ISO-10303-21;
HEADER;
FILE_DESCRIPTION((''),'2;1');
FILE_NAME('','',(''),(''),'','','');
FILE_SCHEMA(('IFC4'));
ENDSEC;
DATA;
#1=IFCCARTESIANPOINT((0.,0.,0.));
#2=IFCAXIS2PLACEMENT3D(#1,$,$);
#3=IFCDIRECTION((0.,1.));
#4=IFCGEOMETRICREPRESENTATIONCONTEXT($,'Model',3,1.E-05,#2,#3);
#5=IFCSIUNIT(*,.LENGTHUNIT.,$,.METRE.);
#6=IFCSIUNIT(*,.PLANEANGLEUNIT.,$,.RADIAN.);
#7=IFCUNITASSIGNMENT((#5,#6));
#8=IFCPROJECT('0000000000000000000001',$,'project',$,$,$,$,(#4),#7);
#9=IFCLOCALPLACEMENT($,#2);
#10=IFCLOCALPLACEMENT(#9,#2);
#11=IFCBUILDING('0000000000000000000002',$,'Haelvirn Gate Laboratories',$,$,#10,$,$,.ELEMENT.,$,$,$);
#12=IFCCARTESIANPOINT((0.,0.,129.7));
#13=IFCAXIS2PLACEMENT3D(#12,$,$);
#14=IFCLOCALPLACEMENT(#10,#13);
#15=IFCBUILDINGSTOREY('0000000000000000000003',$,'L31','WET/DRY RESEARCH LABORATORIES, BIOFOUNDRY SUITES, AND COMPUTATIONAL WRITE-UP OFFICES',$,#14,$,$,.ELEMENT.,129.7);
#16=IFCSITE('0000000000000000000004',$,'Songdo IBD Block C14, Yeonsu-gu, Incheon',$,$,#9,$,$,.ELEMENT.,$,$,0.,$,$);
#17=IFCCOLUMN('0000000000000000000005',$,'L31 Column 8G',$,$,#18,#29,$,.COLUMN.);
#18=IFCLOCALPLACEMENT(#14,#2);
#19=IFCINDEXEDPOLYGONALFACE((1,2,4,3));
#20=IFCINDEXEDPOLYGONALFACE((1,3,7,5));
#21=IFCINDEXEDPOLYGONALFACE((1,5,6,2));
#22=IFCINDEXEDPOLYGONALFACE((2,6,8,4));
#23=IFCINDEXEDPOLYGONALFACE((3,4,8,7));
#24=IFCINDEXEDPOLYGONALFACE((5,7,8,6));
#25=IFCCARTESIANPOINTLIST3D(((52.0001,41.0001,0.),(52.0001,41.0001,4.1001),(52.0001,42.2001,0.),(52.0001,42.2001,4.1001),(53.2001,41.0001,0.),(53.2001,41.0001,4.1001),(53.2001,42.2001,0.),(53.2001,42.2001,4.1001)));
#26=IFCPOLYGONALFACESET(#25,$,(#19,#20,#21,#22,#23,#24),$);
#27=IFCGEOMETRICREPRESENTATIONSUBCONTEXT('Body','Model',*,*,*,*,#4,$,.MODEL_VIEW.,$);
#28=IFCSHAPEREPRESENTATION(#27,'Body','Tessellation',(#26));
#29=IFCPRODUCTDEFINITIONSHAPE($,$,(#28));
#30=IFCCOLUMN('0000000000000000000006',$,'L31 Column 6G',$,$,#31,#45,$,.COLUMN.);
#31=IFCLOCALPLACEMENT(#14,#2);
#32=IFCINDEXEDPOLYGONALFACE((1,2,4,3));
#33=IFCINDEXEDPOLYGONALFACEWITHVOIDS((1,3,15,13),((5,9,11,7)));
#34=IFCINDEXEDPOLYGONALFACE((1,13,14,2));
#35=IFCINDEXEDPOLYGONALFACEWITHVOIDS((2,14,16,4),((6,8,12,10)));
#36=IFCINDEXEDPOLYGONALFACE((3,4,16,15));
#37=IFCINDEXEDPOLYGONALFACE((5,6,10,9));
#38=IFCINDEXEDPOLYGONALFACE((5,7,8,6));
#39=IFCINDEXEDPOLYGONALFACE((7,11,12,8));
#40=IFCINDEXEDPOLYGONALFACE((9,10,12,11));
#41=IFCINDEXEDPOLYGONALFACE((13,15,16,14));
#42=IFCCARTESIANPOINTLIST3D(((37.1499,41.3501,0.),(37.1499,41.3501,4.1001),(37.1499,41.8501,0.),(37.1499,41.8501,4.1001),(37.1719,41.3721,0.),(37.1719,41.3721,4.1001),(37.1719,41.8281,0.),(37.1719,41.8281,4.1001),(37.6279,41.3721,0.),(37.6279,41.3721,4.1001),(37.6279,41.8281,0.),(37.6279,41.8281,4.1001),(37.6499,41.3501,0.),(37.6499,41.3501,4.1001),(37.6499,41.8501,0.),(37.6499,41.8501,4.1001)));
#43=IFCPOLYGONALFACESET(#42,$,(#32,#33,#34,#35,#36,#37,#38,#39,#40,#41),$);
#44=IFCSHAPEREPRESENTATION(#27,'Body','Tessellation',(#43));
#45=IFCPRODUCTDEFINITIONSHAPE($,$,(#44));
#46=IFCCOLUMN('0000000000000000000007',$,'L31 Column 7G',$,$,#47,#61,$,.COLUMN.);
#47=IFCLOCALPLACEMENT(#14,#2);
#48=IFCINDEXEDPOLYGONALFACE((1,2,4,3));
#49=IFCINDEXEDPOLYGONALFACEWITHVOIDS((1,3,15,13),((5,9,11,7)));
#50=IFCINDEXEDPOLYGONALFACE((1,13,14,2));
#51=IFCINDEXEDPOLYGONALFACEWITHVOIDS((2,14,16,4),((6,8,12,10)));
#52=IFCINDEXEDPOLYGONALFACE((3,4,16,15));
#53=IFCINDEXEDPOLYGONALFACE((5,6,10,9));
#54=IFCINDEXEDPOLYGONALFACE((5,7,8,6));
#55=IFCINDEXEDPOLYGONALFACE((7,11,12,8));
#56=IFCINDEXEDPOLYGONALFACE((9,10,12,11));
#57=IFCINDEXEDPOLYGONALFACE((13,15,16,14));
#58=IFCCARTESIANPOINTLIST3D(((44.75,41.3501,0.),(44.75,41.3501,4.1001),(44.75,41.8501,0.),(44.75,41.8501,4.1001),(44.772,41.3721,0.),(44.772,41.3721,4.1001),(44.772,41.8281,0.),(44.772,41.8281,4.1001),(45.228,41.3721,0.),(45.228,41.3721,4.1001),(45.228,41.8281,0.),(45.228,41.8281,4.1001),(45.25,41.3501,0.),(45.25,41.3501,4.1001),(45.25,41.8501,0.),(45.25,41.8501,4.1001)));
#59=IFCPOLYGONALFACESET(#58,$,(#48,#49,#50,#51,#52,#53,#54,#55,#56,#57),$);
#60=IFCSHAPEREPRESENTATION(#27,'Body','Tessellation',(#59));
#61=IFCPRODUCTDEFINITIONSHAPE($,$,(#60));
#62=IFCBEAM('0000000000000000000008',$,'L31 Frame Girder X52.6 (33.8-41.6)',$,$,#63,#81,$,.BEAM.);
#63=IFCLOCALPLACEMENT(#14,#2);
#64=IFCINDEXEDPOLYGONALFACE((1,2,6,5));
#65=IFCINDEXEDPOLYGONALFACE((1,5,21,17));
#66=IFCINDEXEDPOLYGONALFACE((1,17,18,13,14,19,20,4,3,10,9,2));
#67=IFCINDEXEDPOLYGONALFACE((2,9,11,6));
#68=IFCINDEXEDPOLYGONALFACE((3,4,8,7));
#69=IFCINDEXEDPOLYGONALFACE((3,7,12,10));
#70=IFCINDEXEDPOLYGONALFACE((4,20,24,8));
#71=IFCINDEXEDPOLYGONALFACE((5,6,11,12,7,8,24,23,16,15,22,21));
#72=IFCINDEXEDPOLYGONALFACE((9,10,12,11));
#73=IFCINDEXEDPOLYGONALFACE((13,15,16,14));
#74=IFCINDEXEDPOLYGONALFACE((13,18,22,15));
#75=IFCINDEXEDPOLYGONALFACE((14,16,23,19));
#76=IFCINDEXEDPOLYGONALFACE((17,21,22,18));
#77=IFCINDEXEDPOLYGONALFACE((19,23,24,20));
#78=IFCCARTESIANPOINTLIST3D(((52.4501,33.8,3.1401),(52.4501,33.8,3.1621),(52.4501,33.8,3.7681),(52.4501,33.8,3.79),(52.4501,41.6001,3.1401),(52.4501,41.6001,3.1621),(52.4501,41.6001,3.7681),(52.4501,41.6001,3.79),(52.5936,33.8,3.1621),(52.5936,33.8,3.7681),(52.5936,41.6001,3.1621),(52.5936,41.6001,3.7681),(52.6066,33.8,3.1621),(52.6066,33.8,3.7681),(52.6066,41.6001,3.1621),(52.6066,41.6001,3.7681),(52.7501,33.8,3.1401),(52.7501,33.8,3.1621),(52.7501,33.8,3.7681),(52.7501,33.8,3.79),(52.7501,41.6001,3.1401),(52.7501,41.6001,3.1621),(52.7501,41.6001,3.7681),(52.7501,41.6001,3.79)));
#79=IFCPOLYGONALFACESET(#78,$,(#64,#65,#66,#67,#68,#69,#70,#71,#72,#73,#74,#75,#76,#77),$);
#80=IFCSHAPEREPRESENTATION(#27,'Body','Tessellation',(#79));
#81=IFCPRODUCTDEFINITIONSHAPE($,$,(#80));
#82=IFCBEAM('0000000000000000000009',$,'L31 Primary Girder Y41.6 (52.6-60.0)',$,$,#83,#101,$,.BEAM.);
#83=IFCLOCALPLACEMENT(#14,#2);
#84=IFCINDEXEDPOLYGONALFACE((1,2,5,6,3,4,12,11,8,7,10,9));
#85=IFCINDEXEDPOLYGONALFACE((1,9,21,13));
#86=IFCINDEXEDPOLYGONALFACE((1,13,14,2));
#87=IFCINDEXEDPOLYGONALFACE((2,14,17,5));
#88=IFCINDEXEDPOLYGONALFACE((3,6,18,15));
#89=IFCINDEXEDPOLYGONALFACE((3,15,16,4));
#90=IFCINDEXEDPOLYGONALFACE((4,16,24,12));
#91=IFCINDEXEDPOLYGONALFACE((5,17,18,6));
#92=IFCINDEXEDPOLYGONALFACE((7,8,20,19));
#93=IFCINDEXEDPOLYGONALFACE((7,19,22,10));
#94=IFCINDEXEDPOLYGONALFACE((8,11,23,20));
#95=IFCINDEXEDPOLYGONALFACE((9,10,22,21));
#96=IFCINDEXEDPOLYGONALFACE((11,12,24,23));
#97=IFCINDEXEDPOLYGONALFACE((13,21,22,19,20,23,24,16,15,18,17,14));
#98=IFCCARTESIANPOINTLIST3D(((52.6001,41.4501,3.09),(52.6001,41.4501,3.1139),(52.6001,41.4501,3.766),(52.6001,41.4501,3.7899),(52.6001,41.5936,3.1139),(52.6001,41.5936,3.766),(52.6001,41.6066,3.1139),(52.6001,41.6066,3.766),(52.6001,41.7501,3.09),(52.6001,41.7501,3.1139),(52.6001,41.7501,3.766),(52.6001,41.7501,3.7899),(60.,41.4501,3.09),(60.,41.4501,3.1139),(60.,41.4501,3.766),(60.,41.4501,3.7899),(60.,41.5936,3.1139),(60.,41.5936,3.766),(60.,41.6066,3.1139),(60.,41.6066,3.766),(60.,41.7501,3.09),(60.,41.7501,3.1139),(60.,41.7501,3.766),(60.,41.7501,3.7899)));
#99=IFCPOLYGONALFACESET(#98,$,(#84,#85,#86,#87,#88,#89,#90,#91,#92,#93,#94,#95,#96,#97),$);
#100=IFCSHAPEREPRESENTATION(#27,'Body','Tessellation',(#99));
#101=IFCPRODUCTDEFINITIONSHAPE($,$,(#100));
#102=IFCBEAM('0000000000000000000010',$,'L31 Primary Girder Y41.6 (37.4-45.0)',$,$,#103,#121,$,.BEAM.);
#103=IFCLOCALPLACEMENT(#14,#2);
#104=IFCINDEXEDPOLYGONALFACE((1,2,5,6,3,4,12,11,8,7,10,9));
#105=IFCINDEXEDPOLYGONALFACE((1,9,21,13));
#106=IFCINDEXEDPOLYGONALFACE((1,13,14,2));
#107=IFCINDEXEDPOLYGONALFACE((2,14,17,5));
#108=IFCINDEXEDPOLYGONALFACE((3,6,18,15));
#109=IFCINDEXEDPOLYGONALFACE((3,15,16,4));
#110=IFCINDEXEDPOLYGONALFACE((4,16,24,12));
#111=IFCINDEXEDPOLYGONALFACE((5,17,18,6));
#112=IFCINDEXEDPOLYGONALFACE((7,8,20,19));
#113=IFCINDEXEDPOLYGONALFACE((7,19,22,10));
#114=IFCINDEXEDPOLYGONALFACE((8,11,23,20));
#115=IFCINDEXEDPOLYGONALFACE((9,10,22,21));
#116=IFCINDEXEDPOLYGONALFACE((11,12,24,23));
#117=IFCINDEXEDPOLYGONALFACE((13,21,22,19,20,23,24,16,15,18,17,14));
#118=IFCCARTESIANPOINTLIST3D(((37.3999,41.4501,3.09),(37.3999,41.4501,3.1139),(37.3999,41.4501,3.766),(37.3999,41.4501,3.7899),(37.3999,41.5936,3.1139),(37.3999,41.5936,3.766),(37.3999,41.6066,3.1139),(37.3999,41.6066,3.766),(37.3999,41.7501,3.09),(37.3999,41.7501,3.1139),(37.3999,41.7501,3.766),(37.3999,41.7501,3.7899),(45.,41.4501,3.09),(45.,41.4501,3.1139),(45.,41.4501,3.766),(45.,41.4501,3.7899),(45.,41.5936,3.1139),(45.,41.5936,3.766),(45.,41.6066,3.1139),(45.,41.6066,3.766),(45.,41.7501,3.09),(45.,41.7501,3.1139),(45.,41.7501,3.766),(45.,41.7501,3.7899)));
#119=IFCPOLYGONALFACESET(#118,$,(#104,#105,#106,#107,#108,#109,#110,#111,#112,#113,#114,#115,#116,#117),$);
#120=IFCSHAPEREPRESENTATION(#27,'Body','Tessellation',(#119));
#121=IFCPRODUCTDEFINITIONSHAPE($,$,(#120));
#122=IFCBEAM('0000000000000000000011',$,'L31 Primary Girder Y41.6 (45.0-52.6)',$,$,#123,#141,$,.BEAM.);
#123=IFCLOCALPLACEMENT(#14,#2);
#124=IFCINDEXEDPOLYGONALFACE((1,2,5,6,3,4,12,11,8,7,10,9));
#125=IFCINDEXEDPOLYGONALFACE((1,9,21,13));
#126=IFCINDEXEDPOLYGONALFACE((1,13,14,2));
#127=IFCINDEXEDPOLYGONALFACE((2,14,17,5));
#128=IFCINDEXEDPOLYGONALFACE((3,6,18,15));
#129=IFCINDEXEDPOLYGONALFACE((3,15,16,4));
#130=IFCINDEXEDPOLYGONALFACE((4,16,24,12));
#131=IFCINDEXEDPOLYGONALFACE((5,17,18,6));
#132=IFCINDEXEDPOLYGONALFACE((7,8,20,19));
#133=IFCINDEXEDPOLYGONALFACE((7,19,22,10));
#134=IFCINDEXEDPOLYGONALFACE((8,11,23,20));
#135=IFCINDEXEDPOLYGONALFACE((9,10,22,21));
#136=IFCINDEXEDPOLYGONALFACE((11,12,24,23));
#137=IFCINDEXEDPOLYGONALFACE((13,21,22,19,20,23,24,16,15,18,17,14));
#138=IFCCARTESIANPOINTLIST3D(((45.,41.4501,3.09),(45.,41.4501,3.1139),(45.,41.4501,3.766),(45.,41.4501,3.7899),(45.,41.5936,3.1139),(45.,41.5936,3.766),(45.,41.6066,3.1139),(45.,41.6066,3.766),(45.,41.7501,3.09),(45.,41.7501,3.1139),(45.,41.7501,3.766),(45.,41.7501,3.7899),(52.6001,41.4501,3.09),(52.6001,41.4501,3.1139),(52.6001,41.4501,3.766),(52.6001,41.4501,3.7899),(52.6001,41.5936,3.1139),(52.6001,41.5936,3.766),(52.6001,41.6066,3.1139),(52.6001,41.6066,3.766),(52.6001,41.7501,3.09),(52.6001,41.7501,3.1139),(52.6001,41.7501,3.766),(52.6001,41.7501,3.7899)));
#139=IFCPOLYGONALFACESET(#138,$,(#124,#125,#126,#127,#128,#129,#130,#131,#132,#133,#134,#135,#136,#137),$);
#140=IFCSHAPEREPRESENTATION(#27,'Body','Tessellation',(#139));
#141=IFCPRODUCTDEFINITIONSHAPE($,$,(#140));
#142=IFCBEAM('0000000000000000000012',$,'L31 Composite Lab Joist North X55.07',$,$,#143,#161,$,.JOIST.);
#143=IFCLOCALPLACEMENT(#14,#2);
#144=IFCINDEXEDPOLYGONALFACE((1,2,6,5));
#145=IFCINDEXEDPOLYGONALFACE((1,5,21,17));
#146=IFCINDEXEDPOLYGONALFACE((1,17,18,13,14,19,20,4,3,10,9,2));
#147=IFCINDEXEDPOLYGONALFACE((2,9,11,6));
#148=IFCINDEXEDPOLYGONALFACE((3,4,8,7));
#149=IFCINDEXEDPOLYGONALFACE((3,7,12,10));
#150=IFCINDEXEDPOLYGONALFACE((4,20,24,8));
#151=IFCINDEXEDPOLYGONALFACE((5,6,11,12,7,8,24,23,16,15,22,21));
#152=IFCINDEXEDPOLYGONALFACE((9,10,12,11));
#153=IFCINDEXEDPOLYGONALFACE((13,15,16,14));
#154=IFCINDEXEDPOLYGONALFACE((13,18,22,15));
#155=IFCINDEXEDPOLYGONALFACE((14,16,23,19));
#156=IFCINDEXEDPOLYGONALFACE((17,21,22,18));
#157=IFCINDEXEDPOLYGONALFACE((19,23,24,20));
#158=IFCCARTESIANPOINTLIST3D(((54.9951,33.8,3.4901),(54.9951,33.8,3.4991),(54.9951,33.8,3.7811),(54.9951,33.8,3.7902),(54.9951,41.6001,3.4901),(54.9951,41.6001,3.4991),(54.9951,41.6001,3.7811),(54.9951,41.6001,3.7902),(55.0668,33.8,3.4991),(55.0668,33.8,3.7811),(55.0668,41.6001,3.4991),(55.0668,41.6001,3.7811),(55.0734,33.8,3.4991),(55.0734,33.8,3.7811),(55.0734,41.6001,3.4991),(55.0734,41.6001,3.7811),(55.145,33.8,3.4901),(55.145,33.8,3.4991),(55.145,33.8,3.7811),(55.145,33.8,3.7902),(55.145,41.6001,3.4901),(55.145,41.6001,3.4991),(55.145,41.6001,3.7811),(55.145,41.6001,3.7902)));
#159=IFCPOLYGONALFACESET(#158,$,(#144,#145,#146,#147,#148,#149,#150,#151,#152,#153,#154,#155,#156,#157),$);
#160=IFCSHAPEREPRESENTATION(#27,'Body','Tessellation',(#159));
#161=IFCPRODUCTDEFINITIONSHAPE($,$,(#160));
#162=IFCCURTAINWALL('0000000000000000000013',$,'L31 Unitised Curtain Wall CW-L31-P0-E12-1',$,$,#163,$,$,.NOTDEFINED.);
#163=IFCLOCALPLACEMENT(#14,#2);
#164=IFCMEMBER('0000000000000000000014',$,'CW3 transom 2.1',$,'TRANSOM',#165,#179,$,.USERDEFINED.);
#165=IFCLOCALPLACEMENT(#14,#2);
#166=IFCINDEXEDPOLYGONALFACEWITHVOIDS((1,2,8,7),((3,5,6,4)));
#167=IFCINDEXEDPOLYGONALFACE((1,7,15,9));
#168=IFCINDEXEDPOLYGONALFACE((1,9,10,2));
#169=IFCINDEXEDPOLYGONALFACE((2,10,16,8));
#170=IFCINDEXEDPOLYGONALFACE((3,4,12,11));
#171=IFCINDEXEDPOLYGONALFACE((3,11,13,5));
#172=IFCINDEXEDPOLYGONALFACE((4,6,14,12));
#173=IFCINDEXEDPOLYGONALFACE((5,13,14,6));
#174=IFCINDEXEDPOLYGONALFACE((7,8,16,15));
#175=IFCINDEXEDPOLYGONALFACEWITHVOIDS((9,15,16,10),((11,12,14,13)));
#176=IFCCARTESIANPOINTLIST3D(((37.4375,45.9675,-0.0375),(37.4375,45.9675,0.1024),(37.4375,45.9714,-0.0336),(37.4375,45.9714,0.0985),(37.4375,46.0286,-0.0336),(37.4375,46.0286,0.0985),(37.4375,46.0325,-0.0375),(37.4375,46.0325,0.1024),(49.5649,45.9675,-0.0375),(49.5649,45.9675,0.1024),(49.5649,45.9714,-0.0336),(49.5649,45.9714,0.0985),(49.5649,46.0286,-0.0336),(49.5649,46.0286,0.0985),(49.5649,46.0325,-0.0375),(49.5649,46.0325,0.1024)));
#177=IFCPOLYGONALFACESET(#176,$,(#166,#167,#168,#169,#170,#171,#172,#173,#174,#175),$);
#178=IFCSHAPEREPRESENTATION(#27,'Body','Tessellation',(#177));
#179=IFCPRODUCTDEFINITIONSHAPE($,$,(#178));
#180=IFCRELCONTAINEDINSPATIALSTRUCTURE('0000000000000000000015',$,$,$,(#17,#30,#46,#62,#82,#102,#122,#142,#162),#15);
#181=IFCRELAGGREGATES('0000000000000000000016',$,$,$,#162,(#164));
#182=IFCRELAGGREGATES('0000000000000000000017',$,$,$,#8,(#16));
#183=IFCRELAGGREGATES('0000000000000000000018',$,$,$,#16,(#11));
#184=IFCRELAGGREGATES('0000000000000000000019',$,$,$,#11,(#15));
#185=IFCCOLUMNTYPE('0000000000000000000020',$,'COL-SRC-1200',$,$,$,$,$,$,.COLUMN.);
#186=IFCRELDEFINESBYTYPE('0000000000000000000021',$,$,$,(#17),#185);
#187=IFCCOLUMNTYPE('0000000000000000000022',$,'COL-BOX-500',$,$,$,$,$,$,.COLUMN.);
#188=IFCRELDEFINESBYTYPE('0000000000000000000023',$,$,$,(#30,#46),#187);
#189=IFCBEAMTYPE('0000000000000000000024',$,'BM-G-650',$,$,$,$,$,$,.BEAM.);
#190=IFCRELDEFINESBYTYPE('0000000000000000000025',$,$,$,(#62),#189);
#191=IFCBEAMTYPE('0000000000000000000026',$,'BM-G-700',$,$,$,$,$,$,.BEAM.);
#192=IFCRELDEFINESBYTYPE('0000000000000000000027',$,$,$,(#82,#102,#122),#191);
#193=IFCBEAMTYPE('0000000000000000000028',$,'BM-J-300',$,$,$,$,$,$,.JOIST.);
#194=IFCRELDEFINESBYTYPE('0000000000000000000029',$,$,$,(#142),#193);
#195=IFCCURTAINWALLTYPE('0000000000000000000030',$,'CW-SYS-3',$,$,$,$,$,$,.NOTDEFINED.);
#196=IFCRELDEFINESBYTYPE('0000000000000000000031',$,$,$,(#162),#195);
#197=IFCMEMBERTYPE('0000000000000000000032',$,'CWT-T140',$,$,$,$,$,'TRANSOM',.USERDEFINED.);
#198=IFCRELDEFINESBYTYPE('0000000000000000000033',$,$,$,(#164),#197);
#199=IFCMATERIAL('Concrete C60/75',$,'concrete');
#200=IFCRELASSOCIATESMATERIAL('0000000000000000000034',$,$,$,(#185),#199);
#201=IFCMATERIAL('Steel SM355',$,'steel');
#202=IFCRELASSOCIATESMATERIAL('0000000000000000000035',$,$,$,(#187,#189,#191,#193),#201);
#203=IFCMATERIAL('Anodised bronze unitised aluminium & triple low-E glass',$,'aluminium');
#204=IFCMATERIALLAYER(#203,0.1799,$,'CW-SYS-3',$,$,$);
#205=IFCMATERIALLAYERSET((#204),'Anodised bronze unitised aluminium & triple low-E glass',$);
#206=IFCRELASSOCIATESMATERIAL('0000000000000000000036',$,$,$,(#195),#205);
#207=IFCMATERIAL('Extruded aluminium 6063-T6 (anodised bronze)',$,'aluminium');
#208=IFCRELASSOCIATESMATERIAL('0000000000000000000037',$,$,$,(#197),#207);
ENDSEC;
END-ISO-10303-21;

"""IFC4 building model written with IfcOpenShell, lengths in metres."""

from ifc_helpers import new_model, si_unit, direction, frame, origin, origin_2d, place, context, subcontext, project, spatial, rectangle, hollow_rectangle, i_section, extrude, source, transform, mapped, material, layer, layer_set, material_profile, profile_set, type_object, type_shapes, element, aggregate, save


model = new_model("IFC4")

# Units and contexts
model_context = context("Model", 3, precision=1e-05, world=origin(), true_north=direction((0.0, 1.0)))
body_context = subcontext(model_context, "Body", "Model", "MODEL_VIEW")
ifc_project = project(units=[si_unit("LENGTHUNIT", "METRE"), si_unit("PLANEANGLEUNIT", "RADIAN")], contexts=[model_context])

# Site, building, storey
site_placement = place(None, origin())
site = spatial("IfcSite", under=ifc_project, at=site_placement, Name="Songdo IBD Block C14, Yeonsu-gu, Incheon", CompositionType="ELEMENT", RefElevation=0.0)
building_placement = place(site_placement, origin())
building = spatial("IfcBuilding", under=site, at=building_placement, Name="Haelvirn Gate Laboratories", CompositionType="ELEMENT")
storey_placement = place(building_placement, frame((0.0, 0.0, 129.7)))
storey = spatial("IfcBuildingStorey", under=building, at=storey_placement, Name="L31", Description="WET/DRY RESEARCH LABORATORIES, BIOFOUNDRY SUITES, AND COMPUTATIONAL WRITE-UP OFFICES", CompositionType="ELEMENT", Elevation=129.7)

# Columns
ifc_material_1 = material(Name="Concrete C60/75", Category="concrete")
ifc_material_profile_1 = material_profile(ifc_material_1, rectangle(XDim=1.2, YDim=1.2, at=origin_2d()), Name="SRC-1200x1200")
ifc_profile_set_1 = profile_set([ifc_material_profile_1], Name="Concrete C60/75")
column_type_1 = type_object("IfcColumnType", Name="COL-SRC-1200", PredefinedType="COLUMN", material=ifc_profile_set_1)
shared_shape_1 = source(origin(), body_context, "Body", "SweptSolid", [
    extrude(rectangle(XDim=1.2, YDim=1.2, at=origin_2d()), origin(), (0.0, 0.0, 1.0), 4.1001),
])
type_shapes(column_type_1, [shared_shape_1])
column_placement = place(storey_placement, frame((52.6001, 41.6001, 0.0), z_axis=(0.0, 0.0, 1.0), x_axis=(1.0, 0.0, 0.0)))
element("IfcColumn", 1, at=column_placement, inside=storey, type_object=column_type_1, Name="L31 Column 8G", PredefinedType="COLUMN", context=body_context, shape_type="MappedRepresentation", body=[
    mapped(shared_shape_1, transform((0.0, 0.0, 0.0), scale=1.0)),
])
ifc_material_2 = material(Name="Steel SM355", Category="steel")
ifc_material_profile_2 = material_profile(ifc_material_2, hollow_rectangle(XDim=0.5, YDim=0.5, WallThickness=0.022, at=origin_2d()), Name="BOX-500x500x22")
ifc_profile_set_2 = profile_set([ifc_material_profile_2], Name="Steel SM355")
column_type_2 = type_object("IfcColumnType", Name="COL-BOX-500", PredefinedType="COLUMN", material=ifc_profile_set_2)
shared_shape_2 = source(origin(), body_context, "Body", "SweptSolid", [
    extrude(hollow_rectangle(XDim=0.5, YDim=0.5, WallThickness=0.022, at=origin_2d()), origin(), (0.0, 0.0, 1.0), 4.1001),
])
type_shapes(column_type_2, [shared_shape_2])
for number, where, z_axis, x_axis, name in (
    (2, (37.3999, 41.6001, 0.0), (0.0, 0.0, 1.0), (1.0, 0.0, 0.0), "L31 Column 6G"),
    (3, (45.0, 41.6001, 0.0), (0.0, 0.0, 1.0), (1.0, 0.0, 0.0), "L31 Column 7G"),
):
    element("IfcColumn", number, at=place(storey_placement, frame(where, z_axis=z_axis, x_axis=x_axis)), inside=storey, type_object=column_type_2, Name=name, PredefinedType="COLUMN", context=body_context, shape_type="MappedRepresentation", body=[
        mapped(shared_shape_2, transform((0.0, 0.0, 0.0), scale=1.0)),
    ])

# Beams
ifc_material_profile_3 = material_profile(ifc_material_2, i_section(OverallWidth=0.3, OverallDepth=0.6499, WebThickness=0.0129, FlangeThickness=0.022, at=origin_2d()), Name="H-650x300x13x22")
ifc_profile_set_3 = profile_set([ifc_material_profile_3], Name="Steel SM355")
beam_type_1 = type_object("IfcBeamType", Name="BM-G-650", PredefinedType="BEAM", material=ifc_profile_set_3)
shared_shape_3 = source(origin(), body_context, "Body", "SweptSolid", [
    extrude(i_section(OverallWidth=0.3, OverallDepth=0.6499, WebThickness=0.0129, FlangeThickness=0.022, at=origin_2d()), origin(), (0.0, 0.0, 1.0), 7.8),
])
type_shapes(beam_type_1, [shared_shape_3])
beam_1_placement = place(storey_placement, frame((52.6001, 33.8, 3.4651), z_axis=(0.0, 1.0, 0.0), x_axis=(-1.0, 0.0, 0.0)))
element("IfcBeam", 4, at=beam_1_placement, inside=storey, type_object=beam_type_1, Name="L31 Frame Girder X52.6 (33.8-41.6)", PredefinedType="BEAM", context=body_context, shape_type="MappedRepresentation", body=[
    mapped(shared_shape_3, transform((0.0, 0.0, 0.0), scale=1.0)),
])
ifc_material_profile_4 = material_profile(ifc_material_2, i_section(OverallWidth=0.3, OverallDepth=0.7, WebThickness=0.0129, FlangeThickness=0.0239, at=origin_2d()), Name="H-700x300x13x24")
ifc_profile_set_4 = profile_set([ifc_material_profile_4], Name="Steel SM355")
beam_type_2 = type_object("IfcBeamType", Name="BM-G-700", PredefinedType="BEAM", material=ifc_profile_set_4)
shared_shape_4 = source(origin(), body_context, "Body", "SweptSolid", [
    extrude(i_section(OverallWidth=0.3, OverallDepth=0.7, WebThickness=0.0129, FlangeThickness=0.0239, at=origin_2d()), origin(), (0.0, 0.0, 1.0), 7.3999),
])
beam_2_placement = place(storey_placement, frame((52.6001, 41.6001, 3.4399), z_axis=(1.0, 0.0, 0.0), x_axis=(0.0, 1.0, 0.0)))
element("IfcBeam", 5, at=beam_2_placement, inside=storey, type_object=beam_type_2, Name="L31 Primary Girder Y41.6 (52.6-60.0)", PredefinedType="BEAM", context=body_context, shape_type="MappedRepresentation", body=[
    mapped(shared_shape_4, transform((0.0, 0.0, 0.0), scale=1.0)),
])
shared_shape_5 = source(origin(), body_context, "Body", "SweptSolid", [
    extrude(i_section(OverallWidth=0.3, OverallDepth=0.7, WebThickness=0.0129, FlangeThickness=0.0239, at=origin_2d()), origin(), (0.0, 0.0, 1.0), 7.6001),
])
type_shapes(beam_type_2, [shared_shape_4, shared_shape_5])
for number, where, z_axis, x_axis, name in (
    (6, (37.3999, 41.6001, 3.4399), (1.0, 0.0, 0.0), (0.0, 1.0, 0.0), "L31 Primary Girder Y41.6 (37.4-45.0)"),
    (7, (45.0, 41.6001, 3.4399), (1.0, 0.0, 0.0), (0.0, 1.0, 0.0), "L31 Primary Girder Y41.6 (45.0-52.6)"),
):
    element("IfcBeam", number, at=place(storey_placement, frame(where, z_axis=z_axis, x_axis=x_axis)), inside=storey, type_object=beam_type_2, Name=name, PredefinedType="BEAM", context=body_context, shape_type="MappedRepresentation", body=[
        mapped(shared_shape_5, transform((0.0, 0.0, 0.0), scale=1.0)),
    ])
ifc_material_profile_5 = material_profile(ifc_material_2, i_section(OverallWidth=0.1499, OverallDepth=0.3, WebThickness=0.0066, FlangeThickness=0.009, at=origin_2d()), Name="H-300x150x6.5x9")
ifc_profile_set_5 = profile_set([ifc_material_profile_5], Name="Steel SM355")
beam_type_3 = type_object("IfcBeamType", Name="BM-J-300", PredefinedType="JOIST", material=ifc_profile_set_5)
shared_shape_6 = source(origin(), body_context, "Body", "SweptSolid", [
    extrude(i_section(OverallWidth=0.1499, OverallDepth=0.3, WebThickness=0.0066, FlangeThickness=0.009, at=origin_2d()), origin(), (0.0, 0.0, 1.0), 7.8),
])
type_shapes(beam_type_3, [shared_shape_6])
beam_3_placement = place(storey_placement, frame((55.0701, 33.8, 3.6401), z_axis=(0.0, 1.0, 0.0), x_axis=(-1.0, 0.0, 0.0)))
element("IfcBeam", 8, at=beam_3_placement, inside=storey, type_object=beam_type_3, Name="L31 Composite Lab Joist North X55.07", PredefinedType="JOIST", context=body_context, shape_type="MappedRepresentation", body=[
    mapped(shared_shape_6, transform((0.0, 0.0, 0.0), scale=1.0)),
])

# Curtain wall, member
ifc_material_3 = material(Name="Anodised bronze unitised aluminium & triple low-E glass", Category="aluminium")
ifc_layer_1 = layer(ifc_material_3, 0.1799, Name="CW-SYS-3")
ifc_layer_set_1 = layer_set([ifc_layer_1], Name="Anodised bronze unitised aluminium & triple low-E glass")
curtain_wall_type = type_object("IfcCurtainWallType", Name="CW-SYS-3", PredefinedType="NOTDEFINED", material=ifc_layer_set_1)
curtain_wall_1_placement = place(storey_placement, origin())
curtain_wall_1 = element("IfcCurtainWall", 9, at=curtain_wall_1_placement, inside=storey, type_object=curtain_wall_type, Name="L31 Unitised Curtain Wall CW-L31-P0-E12-1", PredefinedType="NOTDEFINED")
ifc_material_4 = material(Name="Extruded aluminium 6063-T6 (anodised bronze)", Category="aluminium")
ifc_material_profile_6 = material_profile(ifc_material_4, hollow_rectangle(XDim=0.0649, YDim=0.1399, WallThickness=0.0039, at=origin_2d()), Name="CWT-140x65x4")
ifc_profile_set_6 = profile_set([ifc_material_profile_6], Name="Extruded aluminium 6063-T6 (anodised bronze)")
member_type_1 = type_object("IfcMemberType", Name="CWT-T140", ElementType="TRANSOM", PredefinedType="USERDEFINED", material=ifc_profile_set_6)
shared_shape_7 = source(origin(), body_context, "Body", "SweptSolid", [
    extrude(hollow_rectangle(XDim=0.0649, YDim=0.1399, WallThickness=0.0039, at=origin_2d()), origin(), (0.0, 0.0, 1.0), 12.1274),
])
member_1_placement = place(storey_placement, frame((37.4375, 46.0, 0.0325), z_axis=(1.0, 0.0, 0.0), x_axis=(0.0, 1.0, 0.0)))
member_1 = element("IfcMember", 10, at=member_1_placement, type_object=member_type_1, Name="CW3 transom 2.1", ObjectType="TRANSOM", PredefinedType="USERDEFINED", context=body_context, shape_type="MappedRepresentation", body=[
    mapped(shared_shape_7, transform((0.0, 0.0, 0.0), scale=1.0)),
])

aggregate(curtain_wall_1, [member_1])

save(model, "model.ifc")
